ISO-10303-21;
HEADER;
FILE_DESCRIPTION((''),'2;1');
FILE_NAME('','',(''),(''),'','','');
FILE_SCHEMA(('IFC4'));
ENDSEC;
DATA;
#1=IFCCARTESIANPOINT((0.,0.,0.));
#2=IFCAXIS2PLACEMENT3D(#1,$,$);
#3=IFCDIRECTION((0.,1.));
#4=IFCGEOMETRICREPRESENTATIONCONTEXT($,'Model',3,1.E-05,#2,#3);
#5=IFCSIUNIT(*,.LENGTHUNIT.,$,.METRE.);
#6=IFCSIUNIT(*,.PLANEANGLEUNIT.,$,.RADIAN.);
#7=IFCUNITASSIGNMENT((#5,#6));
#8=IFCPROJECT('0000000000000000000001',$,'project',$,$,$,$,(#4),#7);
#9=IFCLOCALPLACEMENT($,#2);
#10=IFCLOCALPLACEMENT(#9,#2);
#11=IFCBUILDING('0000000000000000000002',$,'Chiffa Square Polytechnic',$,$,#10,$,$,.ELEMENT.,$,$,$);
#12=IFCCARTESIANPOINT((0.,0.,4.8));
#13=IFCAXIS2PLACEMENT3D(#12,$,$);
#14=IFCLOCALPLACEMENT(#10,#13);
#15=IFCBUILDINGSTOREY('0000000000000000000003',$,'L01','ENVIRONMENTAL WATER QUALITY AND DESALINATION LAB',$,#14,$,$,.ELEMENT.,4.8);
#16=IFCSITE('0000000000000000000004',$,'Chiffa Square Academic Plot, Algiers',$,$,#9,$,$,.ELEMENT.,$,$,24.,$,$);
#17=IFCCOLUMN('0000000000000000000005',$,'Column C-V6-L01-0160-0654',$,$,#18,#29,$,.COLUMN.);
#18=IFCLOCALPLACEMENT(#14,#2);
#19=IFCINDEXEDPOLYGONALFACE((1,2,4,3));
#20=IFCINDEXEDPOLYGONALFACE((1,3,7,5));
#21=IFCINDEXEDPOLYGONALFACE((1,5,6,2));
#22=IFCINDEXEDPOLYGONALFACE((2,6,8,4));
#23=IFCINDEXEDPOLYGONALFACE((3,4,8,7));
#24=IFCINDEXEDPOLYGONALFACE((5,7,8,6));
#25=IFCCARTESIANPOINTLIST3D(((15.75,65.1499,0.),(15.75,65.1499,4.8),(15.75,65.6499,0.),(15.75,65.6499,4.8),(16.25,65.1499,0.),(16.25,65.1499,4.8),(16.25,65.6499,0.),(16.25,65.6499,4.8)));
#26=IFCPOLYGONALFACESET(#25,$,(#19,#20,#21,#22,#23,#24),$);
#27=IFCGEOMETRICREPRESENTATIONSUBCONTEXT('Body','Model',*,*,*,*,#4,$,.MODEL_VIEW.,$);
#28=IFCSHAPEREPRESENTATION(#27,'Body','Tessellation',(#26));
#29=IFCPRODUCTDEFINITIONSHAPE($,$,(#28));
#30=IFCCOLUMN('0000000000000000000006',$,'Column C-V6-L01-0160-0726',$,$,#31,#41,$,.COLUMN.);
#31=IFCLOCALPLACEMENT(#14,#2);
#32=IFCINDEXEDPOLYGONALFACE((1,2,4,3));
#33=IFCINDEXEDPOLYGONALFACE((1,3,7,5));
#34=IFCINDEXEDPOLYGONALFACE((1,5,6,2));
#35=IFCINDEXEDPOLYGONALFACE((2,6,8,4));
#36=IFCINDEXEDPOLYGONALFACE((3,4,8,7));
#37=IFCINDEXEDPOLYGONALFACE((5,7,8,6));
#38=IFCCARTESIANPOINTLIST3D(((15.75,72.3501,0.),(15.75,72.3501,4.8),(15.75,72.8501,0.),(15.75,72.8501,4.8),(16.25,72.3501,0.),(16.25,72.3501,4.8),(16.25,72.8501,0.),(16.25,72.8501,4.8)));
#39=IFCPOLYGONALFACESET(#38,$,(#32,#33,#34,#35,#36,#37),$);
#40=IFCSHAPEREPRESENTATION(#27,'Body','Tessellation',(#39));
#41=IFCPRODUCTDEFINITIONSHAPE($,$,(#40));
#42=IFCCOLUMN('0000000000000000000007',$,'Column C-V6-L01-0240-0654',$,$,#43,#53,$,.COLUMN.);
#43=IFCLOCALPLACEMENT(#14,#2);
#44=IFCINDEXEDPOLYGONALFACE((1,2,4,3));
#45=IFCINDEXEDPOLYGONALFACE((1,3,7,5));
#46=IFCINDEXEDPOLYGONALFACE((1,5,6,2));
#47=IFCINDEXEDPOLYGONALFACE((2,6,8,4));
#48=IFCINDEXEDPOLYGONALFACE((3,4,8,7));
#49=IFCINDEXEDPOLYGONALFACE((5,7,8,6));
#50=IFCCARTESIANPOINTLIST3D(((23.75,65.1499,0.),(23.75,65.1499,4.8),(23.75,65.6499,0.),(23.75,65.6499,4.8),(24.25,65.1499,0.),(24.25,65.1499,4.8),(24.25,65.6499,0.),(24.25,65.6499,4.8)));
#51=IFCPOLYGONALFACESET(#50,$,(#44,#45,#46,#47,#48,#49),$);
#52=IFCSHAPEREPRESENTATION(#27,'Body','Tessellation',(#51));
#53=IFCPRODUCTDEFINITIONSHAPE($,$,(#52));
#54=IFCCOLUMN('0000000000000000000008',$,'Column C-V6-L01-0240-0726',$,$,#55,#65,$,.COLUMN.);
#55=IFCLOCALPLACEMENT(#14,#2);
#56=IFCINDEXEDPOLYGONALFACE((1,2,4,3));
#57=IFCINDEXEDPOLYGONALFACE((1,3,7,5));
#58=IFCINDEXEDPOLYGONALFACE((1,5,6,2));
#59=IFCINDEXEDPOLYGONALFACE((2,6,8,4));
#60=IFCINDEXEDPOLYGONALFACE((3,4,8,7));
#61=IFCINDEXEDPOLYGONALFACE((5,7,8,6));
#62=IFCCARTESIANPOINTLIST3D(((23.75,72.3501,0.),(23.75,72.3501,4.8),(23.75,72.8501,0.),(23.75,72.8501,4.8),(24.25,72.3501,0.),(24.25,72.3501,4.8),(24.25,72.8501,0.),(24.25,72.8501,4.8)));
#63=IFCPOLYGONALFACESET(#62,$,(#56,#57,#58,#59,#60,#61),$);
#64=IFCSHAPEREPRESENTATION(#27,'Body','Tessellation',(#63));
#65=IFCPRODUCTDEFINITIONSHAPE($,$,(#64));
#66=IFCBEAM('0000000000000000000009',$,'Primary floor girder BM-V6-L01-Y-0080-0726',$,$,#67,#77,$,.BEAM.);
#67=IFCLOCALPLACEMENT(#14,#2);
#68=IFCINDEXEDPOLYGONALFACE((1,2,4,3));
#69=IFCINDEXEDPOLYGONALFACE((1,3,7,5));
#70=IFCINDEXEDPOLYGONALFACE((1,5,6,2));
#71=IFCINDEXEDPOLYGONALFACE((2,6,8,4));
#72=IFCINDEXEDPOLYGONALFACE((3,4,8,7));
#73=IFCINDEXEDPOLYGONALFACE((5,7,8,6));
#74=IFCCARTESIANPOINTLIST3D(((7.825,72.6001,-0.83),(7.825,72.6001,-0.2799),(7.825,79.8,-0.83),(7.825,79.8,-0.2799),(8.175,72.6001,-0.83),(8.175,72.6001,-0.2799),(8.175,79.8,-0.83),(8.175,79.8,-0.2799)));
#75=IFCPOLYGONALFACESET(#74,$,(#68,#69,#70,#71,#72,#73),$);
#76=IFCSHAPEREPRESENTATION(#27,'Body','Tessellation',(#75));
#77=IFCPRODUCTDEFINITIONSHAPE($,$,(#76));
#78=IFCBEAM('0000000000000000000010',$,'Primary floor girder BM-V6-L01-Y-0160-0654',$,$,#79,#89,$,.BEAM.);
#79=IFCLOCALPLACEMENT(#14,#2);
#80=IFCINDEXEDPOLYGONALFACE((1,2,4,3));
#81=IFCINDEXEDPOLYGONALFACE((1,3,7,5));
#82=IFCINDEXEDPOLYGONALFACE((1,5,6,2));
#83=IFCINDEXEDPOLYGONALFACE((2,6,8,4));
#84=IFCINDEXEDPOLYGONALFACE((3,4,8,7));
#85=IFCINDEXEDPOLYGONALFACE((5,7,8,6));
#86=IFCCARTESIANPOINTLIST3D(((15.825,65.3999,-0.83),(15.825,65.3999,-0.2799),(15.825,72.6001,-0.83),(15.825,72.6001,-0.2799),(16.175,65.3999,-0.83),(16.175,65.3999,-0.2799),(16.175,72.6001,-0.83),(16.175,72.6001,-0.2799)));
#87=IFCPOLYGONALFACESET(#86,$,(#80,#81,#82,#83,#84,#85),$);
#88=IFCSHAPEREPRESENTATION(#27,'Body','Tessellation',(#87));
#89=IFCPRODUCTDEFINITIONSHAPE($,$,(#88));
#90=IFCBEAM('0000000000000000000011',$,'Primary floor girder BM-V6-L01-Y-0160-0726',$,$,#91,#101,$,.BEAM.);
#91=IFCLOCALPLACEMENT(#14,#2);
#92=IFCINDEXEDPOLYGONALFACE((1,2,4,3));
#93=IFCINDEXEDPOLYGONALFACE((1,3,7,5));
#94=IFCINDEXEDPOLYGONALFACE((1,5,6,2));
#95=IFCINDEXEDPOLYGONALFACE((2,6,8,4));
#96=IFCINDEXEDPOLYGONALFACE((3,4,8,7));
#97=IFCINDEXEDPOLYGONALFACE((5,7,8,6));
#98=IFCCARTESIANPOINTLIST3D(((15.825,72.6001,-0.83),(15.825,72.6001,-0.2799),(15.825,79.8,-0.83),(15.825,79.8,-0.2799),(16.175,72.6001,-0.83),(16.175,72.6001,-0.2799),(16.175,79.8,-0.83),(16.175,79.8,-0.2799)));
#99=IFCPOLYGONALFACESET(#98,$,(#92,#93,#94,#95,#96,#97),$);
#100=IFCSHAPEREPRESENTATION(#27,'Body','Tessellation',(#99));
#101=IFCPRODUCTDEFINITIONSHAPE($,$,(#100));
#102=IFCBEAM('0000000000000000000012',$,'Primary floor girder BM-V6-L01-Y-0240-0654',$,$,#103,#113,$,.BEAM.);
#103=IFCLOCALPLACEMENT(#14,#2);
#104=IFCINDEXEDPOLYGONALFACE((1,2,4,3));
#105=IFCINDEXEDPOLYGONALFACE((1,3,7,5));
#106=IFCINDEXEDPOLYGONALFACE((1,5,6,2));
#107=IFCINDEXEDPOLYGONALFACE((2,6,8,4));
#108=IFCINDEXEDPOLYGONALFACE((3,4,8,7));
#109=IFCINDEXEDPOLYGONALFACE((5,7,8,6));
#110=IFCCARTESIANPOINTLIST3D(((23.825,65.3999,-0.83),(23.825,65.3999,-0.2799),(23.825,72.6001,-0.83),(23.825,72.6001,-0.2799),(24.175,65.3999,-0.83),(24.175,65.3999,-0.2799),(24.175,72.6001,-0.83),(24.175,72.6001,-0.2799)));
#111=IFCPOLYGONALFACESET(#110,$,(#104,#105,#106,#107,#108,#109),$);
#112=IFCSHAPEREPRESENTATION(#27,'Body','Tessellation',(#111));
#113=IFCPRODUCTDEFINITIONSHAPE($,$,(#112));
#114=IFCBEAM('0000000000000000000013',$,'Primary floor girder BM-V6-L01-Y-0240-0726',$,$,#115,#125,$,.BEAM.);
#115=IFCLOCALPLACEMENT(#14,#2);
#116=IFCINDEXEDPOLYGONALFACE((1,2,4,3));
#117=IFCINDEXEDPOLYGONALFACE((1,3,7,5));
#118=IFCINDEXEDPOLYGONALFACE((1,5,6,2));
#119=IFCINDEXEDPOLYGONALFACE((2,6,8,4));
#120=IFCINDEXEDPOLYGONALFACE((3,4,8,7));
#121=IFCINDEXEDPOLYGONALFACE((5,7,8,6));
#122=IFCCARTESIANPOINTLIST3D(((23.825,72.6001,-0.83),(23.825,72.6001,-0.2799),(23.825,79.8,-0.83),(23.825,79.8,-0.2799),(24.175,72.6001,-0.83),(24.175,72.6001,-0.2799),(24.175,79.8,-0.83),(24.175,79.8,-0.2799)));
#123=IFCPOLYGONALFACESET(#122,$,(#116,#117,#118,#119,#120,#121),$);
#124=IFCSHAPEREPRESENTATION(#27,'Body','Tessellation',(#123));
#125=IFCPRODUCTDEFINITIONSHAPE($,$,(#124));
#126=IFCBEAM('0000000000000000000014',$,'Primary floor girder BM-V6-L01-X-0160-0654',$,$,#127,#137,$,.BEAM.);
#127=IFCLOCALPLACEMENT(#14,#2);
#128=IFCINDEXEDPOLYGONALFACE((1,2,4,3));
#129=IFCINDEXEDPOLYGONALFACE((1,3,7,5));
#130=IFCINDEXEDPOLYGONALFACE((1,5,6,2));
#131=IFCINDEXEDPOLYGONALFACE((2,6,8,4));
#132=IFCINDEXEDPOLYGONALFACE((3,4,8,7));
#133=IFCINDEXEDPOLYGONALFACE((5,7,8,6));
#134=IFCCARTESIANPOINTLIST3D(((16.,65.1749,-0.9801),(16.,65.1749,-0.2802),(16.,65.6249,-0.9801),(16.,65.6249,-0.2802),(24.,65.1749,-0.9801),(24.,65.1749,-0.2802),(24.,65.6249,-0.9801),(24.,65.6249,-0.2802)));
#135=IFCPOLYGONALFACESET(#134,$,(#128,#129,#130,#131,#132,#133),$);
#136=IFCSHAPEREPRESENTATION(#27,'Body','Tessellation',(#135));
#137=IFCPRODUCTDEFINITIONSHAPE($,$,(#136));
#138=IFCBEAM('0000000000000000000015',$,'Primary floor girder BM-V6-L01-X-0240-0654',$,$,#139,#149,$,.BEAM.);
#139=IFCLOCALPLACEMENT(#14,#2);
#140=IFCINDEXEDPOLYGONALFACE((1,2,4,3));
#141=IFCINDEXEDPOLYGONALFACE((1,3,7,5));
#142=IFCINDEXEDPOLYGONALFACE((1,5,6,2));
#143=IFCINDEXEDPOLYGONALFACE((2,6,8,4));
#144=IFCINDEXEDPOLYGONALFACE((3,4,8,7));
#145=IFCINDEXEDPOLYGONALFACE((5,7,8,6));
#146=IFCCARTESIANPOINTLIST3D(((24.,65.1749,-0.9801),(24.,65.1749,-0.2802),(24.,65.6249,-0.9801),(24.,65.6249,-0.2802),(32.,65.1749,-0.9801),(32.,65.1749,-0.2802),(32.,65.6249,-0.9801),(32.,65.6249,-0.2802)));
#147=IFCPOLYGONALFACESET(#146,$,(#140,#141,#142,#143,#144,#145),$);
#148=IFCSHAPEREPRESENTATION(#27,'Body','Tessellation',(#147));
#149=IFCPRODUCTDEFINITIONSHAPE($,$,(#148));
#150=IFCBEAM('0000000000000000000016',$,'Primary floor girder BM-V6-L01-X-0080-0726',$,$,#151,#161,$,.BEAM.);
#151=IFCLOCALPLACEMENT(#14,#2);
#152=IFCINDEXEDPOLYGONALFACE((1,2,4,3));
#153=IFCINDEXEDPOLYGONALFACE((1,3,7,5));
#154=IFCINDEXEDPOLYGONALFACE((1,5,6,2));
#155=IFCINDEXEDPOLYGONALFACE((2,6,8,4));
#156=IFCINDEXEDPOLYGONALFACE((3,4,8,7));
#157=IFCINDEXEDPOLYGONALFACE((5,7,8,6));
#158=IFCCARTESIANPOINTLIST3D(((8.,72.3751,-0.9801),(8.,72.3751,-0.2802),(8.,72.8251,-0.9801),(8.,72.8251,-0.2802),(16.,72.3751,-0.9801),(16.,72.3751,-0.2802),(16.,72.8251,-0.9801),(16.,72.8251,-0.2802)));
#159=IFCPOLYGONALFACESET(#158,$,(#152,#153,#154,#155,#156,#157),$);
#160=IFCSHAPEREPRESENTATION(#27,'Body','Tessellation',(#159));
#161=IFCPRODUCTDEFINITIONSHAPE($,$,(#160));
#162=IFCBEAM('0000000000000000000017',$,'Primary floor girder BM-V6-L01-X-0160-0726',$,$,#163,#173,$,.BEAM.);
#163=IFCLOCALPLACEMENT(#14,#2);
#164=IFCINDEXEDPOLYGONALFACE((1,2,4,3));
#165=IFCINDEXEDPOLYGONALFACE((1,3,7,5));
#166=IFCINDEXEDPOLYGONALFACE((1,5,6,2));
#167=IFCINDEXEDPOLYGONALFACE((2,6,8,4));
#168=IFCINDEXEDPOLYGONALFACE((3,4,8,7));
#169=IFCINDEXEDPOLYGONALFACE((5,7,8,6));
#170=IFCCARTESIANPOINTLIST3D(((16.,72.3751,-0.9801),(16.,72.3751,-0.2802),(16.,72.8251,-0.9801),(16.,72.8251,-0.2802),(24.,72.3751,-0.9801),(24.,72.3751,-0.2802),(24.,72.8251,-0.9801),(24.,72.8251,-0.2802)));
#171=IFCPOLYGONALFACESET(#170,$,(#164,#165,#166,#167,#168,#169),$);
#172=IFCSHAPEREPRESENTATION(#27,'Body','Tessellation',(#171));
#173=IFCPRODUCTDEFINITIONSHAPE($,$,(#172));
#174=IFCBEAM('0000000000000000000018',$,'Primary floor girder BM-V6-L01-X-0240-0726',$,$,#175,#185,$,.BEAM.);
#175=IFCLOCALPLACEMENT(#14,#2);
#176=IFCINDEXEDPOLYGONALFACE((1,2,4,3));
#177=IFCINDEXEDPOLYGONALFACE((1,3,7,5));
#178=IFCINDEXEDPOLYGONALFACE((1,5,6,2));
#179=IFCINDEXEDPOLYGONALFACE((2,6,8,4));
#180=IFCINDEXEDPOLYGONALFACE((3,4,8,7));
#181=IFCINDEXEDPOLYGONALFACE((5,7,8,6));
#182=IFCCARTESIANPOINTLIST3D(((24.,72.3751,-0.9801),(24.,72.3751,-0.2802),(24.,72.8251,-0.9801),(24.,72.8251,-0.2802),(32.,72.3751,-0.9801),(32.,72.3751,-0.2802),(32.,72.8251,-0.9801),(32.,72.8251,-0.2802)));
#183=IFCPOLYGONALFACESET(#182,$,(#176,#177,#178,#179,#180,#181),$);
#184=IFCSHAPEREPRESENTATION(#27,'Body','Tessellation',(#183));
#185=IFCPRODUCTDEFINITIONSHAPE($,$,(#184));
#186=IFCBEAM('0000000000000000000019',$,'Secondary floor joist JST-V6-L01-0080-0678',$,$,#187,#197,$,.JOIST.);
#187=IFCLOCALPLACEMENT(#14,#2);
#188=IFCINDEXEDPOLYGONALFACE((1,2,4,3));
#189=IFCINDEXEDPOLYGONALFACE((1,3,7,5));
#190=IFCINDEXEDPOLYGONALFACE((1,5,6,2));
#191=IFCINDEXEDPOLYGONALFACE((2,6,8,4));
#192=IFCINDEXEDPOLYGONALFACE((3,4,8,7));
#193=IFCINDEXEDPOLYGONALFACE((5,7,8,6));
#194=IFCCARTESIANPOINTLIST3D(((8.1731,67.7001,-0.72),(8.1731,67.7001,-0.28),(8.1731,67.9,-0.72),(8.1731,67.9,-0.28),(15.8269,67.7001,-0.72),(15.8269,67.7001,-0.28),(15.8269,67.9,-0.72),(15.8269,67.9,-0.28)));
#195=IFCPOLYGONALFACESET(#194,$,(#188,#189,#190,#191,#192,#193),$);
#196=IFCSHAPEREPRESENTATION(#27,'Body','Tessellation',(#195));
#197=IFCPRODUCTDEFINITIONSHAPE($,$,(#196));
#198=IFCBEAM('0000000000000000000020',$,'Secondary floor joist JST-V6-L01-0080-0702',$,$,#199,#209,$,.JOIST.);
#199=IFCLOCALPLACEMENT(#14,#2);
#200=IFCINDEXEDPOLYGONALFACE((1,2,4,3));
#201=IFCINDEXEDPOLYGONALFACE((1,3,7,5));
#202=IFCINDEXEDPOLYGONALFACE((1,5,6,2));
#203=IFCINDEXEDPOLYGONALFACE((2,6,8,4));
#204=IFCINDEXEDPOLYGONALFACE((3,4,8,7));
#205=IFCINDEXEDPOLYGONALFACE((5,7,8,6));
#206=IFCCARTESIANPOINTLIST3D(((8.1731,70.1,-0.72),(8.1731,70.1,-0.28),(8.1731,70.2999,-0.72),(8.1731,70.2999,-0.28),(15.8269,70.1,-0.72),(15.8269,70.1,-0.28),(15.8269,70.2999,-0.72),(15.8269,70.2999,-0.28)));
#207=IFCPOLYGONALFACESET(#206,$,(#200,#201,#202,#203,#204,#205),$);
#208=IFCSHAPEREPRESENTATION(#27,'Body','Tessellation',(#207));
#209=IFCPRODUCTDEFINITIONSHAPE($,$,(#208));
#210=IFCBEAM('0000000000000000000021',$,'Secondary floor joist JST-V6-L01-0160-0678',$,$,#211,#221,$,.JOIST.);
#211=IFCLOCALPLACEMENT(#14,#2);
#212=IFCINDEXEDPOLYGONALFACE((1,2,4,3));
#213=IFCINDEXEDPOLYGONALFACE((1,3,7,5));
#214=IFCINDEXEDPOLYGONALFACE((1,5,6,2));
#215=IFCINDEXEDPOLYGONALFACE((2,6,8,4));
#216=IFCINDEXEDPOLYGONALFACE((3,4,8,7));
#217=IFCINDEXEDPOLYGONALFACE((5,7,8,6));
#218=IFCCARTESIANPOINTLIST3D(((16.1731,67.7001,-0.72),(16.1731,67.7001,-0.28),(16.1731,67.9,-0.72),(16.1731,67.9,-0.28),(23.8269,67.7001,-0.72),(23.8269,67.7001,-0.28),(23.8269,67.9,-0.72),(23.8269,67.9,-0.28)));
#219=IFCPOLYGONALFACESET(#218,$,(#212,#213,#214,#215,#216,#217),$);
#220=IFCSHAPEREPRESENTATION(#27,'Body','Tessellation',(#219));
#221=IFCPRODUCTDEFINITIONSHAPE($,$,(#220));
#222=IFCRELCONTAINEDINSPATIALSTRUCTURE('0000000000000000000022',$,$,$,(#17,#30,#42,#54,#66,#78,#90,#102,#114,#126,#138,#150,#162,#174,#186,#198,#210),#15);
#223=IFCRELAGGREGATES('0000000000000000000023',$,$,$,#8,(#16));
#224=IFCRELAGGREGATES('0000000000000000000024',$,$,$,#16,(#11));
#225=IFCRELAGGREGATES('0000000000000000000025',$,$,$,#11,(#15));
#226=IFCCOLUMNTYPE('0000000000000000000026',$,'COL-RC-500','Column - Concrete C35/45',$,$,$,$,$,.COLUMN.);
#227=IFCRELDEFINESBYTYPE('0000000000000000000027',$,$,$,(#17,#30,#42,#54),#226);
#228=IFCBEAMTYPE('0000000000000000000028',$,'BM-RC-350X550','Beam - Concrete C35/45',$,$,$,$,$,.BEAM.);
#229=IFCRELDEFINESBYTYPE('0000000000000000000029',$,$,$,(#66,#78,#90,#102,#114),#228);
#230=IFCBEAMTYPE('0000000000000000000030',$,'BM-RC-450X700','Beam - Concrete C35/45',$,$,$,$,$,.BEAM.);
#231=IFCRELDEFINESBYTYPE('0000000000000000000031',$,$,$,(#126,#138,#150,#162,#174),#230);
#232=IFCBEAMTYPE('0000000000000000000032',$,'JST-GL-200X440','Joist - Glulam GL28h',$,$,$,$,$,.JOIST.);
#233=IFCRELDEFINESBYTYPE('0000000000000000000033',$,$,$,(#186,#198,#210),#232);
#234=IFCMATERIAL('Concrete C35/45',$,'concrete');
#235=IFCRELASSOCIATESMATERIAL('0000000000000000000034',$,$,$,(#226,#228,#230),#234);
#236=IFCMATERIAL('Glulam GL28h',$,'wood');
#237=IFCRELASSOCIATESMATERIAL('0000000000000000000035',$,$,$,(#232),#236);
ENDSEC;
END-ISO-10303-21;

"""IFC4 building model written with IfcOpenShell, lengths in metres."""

from ifc_helpers import new_model, si_unit, direction, frame, origin, origin_2d, place, context, subcontext, project, spatial, rectangle, extrude, material, material_profile, profile_set, type_object, element, save


model = new_model("IFC4")

# Units and contexts
model_context = context("Model", 3, precision=1e-05, world=origin(), true_north=direction((0.0, 1.0)))
body_context = subcontext(model_context, "Body", "Model", "MODEL_VIEW")
ifc_project = project(units=[si_unit("LENGTHUNIT", "METRE"), si_unit("PLANEANGLEUNIT", "RADIAN")], contexts=[model_context])

# Site, building, storey
site_placement = place(None, origin())
site = spatial("IfcSite", under=ifc_project, at=site_placement, Name="Chiffa Square Academic Plot, Algiers", CompositionType="ELEMENT", RefElevation=24.0)
building_placement = place(site_placement, origin())
building = spatial("IfcBuilding", under=site, at=building_placement, Name="Chiffa Square Polytechnic", CompositionType="ELEMENT")
storey_placement = place(building_placement, frame((0.0, 0.0, 4.8)))
storey = spatial("IfcBuildingStorey", under=building, at=storey_placement, Name="L01", Description="ENVIRONMENTAL WATER QUALITY AND DESALINATION LAB", CompositionType="ELEMENT", Elevation=4.8)

# Columns
ifc_material_1 = material(Name="Concrete C35/45", Category="concrete")
ifc_material_profile_1 = material_profile(ifc_material_1, rectangle(XDim=0.5, YDim=0.5, at=origin_2d()), Name="RC 500x500")
ifc_profile_set_1 = profile_set([ifc_material_profile_1], Name="Concrete C35/45")
column_type = type_object("IfcColumnType", Name="COL-RC-500", Description="Column - Concrete C35/45", PredefinedType="COLUMN", material=ifc_profile_set_1)
for number, where, z_axis, x_axis, name in (
    (1, (16.0, 65.3999, 0.0), (0.0, 0.0, 1.0), (1.0, 0.0, 0.0), "Column C-V6-L01-0160-0654"),
    (2, (16.0, 72.6001, 0.0), (0.0, 0.0, 1.0), (1.0, 0.0, 0.0), "Column C-V6-L01-0160-0726"),
    (3, (24.0, 65.3999, 0.0), (0.0, 0.0, 1.0), (1.0, 0.0, 0.0), "Column C-V6-L01-0240-0654"),
    (4, (24.0, 72.6001, 0.0), (0.0, 0.0, 1.0), (1.0, 0.0, 0.0), "Column C-V6-L01-0240-0726"),
):
    element("IfcColumn", number, at=place(storey_placement, frame(where, z_axis=z_axis, x_axis=x_axis)), inside=storey, type_object=column_type, Name=name, PredefinedType="COLUMN", context=body_context, shape_type="SweptSolid", body=[
        extrude(rectangle(XDim=0.5, YDim=0.5, at=origin_2d()), origin(), (0.0, 0.0, 1.0), 4.8),
    ])

# Beams
ifc_material_profile_2 = material_profile(ifc_material_1, rectangle(XDim=0.3501, YDim=0.55, at=origin_2d()), Name="RC 350x550")
ifc_profile_set_2 = profile_set([ifc_material_profile_2], Name="Concrete C35/45")
beam_type_1 = type_object("IfcBeamType", Name="BM-RC-350X550", Description="Beam - Concrete C35/45", PredefinedType="BEAM", material=ifc_profile_set_2)
beam_1_placement = place(storey_placement, frame((8.0, 72.6001, -0.5549), z_axis=(0.0, 1.0, 0.0), x_axis=(-1.0, 0.0, 0.0)))
element("IfcBeam", 5, at=beam_1_placement, inside=storey, type_object=beam_type_1, Name="Primary floor girder BM-V6-L01-Y-0080-0726", PredefinedType="BEAM", context=body_context, shape_type="SweptSolid", body=[
    extrude(rectangle(XDim=0.3501, YDim=0.55, at=origin_2d()), origin(), (0.0, 0.0, 1.0), 7.2),
])
beam_2_placement = place(storey_placement, frame((16.0, 65.3999, -0.5549), z_axis=(0.0, 1.0, 0.0), x_axis=(-1.0, 0.0, 0.0)))
element("IfcBeam", 6, at=beam_2_placement, inside=storey, type_object=beam_type_1, Name="Primary floor girder BM-V6-L01-Y-0160-0654", PredefinedType="BEAM", context=body_context, shape_type="SweptSolid", body=[
    extrude(rectangle(XDim=0.3501, YDim=0.55, at=origin_2d()), origin(), (0.0, 0.0, 1.0), 7.2002),
])
beam_3_placement = place(storey_placement, frame((16.0, 72.6001, -0.5549), z_axis=(0.0, 1.0, 0.0), x_axis=(-1.0, 0.0, 0.0)))
element("IfcBeam", 7, at=beam_3_placement, inside=storey, type_object=beam_type_1, Name="Primary floor girder BM-V6-L01-Y-0160-0726", PredefinedType="BEAM", context=body_context, shape_type="SweptSolid", body=[
    extrude(rectangle(XDim=0.3501, YDim=0.55, at=origin_2d()), origin(), (0.0, 0.0, 1.0), 7.2),
])
beam_4_placement = place(storey_placement, frame((24.0, 65.3999, -0.5549), z_axis=(0.0, 1.0, 0.0), x_axis=(-1.0, 0.0, 0.0)))
element("IfcBeam", 8, at=beam_4_placement, inside=storey, type_object=beam_type_1, Name="Primary floor girder BM-V6-L01-Y-0240-0654", PredefinedType="BEAM", context=body_context, shape_type="SweptSolid", body=[
    extrude(rectangle(XDim=0.3501, YDim=0.55, at=origin_2d()), origin(), (0.0, 0.0, 1.0), 7.2002),
])
beam_5_placement = place(storey_placement, frame((24.0, 72.6001, -0.5549), z_axis=(0.0, 1.0, 0.0), x_axis=(-1.0, 0.0, 0.0)))
element("IfcBeam", 9, at=beam_5_placement, inside=storey, type_object=beam_type_1, Name="Primary floor girder BM-V6-L01-Y-0240-0726", PredefinedType="BEAM", context=body_context, shape_type="SweptSolid", body=[
    extrude(rectangle(XDim=0.3501, YDim=0.55, at=origin_2d()), origin(), (0.0, 0.0, 1.0), 7.2),
])
ifc_material_profile_3 = material_profile(ifc_material_1, rectangle(XDim=0.45, YDim=0.7, at=origin_2d()), Name="RC 450x700")
ifc_profile_set_3 = profile_set([ifc_material_profile_3], Name="Concrete C35/45")
beam_type_2 = type_object("IfcBeamType", Name="BM-RC-450X700", Description="Beam - Concrete C35/45", PredefinedType="BEAM", material=ifc_profile_set_3)
for number, where, z_axis, x_axis, name in (
    (10, (16.0, 65.3999, -0.6301), (1.0, 0.0, 0.0), (0.0, 1.0, 0.0), "Primary floor girder BM-V6-L01-X-0160-0654"),
    (11, (24.0, 65.3999, -0.6301), (1.0, 0.0, 0.0), (0.0, 1.0, 0.0), "Primary floor girder BM-V6-L01-X-0240-0654"),
    (12, (8.0, 72.6001, -0.6301), (1.0, 0.0, 0.0), (0.0, 1.0, 0.0), "Primary floor girder BM-V6-L01-X-0080-0726"),
    (13, (16.0, 72.6001, -0.6301), (1.0, 0.0, 0.0), (0.0, 1.0, 0.0), "Primary floor girder BM-V6-L01-X-0160-0726"),
    (14, (24.0, 72.6001, -0.6301), (1.0, 0.0, 0.0), (0.0, 1.0, 0.0), "Primary floor girder BM-V6-L01-X-0240-0726"),
):
    element("IfcBeam", number, at=place(storey_placement, frame(where, z_axis=z_axis, x_axis=x_axis)), inside=storey, type_object=beam_type_2, Name=name, PredefinedType="BEAM", context=body_context, shape_type="SweptSolid", body=[
        extrude(rectangle(XDim=0.45, YDim=0.7, at=origin_2d()), origin(), (0.0, 0.0, 1.0), 8.0),
    ])
ifc_material_2 = material(Name="Glulam GL28h", Category="wood")
ifc_material_profile_4 = material_profile(ifc_material_2, rectangle(XDim=0.2, YDim=0.4399, at=origin_2d()), Name="GL28h 200x440")
ifc_profile_set_4 = profile_set([ifc_material_profile_4], Name="Glulam GL28h")
beam_type_3 = type_object("IfcBeamType", Name="JST-GL-200X440", Description="Joist - Glulam GL28h", PredefinedType="JOIST", material=ifc_profile_set_4)
for number, where, z_axis, x_axis, name in (
    (15, (8.1731, 67.8, -0.5), (1.0, 0.0, 0.0), (0.0, 1.0, 0.0), "Secondary floor joist JST-V6-L01-0080-0678"),
    (16, (8.1731, 70.2, -0.5), (1.0, 0.0, 0.0), (0.0, 1.0, 0.0), "Secondary floor joist JST-V6-L01-0080-0702"),
    (17, (16.1731, 67.8, -0.5), (1.0, 0.0, 0.0), (0.0, 1.0, 0.0), "Secondary floor joist JST-V6-L01-0160-0678"),
):
    element("IfcBeam", number, at=place(storey_placement, frame(where, z_axis=z_axis, x_axis=x_axis)), inside=storey, type_object=beam_type_3, Name=name, PredefinedType="JOIST", context=body_context, shape_type="SweptSolid", body=[
        extrude(rectangle(XDim=0.2, YDim=0.4399, at=origin_2d()), origin(), (0.0, 0.0, 1.0), 7.6538),
    ])

save(model, "model.ifc")
